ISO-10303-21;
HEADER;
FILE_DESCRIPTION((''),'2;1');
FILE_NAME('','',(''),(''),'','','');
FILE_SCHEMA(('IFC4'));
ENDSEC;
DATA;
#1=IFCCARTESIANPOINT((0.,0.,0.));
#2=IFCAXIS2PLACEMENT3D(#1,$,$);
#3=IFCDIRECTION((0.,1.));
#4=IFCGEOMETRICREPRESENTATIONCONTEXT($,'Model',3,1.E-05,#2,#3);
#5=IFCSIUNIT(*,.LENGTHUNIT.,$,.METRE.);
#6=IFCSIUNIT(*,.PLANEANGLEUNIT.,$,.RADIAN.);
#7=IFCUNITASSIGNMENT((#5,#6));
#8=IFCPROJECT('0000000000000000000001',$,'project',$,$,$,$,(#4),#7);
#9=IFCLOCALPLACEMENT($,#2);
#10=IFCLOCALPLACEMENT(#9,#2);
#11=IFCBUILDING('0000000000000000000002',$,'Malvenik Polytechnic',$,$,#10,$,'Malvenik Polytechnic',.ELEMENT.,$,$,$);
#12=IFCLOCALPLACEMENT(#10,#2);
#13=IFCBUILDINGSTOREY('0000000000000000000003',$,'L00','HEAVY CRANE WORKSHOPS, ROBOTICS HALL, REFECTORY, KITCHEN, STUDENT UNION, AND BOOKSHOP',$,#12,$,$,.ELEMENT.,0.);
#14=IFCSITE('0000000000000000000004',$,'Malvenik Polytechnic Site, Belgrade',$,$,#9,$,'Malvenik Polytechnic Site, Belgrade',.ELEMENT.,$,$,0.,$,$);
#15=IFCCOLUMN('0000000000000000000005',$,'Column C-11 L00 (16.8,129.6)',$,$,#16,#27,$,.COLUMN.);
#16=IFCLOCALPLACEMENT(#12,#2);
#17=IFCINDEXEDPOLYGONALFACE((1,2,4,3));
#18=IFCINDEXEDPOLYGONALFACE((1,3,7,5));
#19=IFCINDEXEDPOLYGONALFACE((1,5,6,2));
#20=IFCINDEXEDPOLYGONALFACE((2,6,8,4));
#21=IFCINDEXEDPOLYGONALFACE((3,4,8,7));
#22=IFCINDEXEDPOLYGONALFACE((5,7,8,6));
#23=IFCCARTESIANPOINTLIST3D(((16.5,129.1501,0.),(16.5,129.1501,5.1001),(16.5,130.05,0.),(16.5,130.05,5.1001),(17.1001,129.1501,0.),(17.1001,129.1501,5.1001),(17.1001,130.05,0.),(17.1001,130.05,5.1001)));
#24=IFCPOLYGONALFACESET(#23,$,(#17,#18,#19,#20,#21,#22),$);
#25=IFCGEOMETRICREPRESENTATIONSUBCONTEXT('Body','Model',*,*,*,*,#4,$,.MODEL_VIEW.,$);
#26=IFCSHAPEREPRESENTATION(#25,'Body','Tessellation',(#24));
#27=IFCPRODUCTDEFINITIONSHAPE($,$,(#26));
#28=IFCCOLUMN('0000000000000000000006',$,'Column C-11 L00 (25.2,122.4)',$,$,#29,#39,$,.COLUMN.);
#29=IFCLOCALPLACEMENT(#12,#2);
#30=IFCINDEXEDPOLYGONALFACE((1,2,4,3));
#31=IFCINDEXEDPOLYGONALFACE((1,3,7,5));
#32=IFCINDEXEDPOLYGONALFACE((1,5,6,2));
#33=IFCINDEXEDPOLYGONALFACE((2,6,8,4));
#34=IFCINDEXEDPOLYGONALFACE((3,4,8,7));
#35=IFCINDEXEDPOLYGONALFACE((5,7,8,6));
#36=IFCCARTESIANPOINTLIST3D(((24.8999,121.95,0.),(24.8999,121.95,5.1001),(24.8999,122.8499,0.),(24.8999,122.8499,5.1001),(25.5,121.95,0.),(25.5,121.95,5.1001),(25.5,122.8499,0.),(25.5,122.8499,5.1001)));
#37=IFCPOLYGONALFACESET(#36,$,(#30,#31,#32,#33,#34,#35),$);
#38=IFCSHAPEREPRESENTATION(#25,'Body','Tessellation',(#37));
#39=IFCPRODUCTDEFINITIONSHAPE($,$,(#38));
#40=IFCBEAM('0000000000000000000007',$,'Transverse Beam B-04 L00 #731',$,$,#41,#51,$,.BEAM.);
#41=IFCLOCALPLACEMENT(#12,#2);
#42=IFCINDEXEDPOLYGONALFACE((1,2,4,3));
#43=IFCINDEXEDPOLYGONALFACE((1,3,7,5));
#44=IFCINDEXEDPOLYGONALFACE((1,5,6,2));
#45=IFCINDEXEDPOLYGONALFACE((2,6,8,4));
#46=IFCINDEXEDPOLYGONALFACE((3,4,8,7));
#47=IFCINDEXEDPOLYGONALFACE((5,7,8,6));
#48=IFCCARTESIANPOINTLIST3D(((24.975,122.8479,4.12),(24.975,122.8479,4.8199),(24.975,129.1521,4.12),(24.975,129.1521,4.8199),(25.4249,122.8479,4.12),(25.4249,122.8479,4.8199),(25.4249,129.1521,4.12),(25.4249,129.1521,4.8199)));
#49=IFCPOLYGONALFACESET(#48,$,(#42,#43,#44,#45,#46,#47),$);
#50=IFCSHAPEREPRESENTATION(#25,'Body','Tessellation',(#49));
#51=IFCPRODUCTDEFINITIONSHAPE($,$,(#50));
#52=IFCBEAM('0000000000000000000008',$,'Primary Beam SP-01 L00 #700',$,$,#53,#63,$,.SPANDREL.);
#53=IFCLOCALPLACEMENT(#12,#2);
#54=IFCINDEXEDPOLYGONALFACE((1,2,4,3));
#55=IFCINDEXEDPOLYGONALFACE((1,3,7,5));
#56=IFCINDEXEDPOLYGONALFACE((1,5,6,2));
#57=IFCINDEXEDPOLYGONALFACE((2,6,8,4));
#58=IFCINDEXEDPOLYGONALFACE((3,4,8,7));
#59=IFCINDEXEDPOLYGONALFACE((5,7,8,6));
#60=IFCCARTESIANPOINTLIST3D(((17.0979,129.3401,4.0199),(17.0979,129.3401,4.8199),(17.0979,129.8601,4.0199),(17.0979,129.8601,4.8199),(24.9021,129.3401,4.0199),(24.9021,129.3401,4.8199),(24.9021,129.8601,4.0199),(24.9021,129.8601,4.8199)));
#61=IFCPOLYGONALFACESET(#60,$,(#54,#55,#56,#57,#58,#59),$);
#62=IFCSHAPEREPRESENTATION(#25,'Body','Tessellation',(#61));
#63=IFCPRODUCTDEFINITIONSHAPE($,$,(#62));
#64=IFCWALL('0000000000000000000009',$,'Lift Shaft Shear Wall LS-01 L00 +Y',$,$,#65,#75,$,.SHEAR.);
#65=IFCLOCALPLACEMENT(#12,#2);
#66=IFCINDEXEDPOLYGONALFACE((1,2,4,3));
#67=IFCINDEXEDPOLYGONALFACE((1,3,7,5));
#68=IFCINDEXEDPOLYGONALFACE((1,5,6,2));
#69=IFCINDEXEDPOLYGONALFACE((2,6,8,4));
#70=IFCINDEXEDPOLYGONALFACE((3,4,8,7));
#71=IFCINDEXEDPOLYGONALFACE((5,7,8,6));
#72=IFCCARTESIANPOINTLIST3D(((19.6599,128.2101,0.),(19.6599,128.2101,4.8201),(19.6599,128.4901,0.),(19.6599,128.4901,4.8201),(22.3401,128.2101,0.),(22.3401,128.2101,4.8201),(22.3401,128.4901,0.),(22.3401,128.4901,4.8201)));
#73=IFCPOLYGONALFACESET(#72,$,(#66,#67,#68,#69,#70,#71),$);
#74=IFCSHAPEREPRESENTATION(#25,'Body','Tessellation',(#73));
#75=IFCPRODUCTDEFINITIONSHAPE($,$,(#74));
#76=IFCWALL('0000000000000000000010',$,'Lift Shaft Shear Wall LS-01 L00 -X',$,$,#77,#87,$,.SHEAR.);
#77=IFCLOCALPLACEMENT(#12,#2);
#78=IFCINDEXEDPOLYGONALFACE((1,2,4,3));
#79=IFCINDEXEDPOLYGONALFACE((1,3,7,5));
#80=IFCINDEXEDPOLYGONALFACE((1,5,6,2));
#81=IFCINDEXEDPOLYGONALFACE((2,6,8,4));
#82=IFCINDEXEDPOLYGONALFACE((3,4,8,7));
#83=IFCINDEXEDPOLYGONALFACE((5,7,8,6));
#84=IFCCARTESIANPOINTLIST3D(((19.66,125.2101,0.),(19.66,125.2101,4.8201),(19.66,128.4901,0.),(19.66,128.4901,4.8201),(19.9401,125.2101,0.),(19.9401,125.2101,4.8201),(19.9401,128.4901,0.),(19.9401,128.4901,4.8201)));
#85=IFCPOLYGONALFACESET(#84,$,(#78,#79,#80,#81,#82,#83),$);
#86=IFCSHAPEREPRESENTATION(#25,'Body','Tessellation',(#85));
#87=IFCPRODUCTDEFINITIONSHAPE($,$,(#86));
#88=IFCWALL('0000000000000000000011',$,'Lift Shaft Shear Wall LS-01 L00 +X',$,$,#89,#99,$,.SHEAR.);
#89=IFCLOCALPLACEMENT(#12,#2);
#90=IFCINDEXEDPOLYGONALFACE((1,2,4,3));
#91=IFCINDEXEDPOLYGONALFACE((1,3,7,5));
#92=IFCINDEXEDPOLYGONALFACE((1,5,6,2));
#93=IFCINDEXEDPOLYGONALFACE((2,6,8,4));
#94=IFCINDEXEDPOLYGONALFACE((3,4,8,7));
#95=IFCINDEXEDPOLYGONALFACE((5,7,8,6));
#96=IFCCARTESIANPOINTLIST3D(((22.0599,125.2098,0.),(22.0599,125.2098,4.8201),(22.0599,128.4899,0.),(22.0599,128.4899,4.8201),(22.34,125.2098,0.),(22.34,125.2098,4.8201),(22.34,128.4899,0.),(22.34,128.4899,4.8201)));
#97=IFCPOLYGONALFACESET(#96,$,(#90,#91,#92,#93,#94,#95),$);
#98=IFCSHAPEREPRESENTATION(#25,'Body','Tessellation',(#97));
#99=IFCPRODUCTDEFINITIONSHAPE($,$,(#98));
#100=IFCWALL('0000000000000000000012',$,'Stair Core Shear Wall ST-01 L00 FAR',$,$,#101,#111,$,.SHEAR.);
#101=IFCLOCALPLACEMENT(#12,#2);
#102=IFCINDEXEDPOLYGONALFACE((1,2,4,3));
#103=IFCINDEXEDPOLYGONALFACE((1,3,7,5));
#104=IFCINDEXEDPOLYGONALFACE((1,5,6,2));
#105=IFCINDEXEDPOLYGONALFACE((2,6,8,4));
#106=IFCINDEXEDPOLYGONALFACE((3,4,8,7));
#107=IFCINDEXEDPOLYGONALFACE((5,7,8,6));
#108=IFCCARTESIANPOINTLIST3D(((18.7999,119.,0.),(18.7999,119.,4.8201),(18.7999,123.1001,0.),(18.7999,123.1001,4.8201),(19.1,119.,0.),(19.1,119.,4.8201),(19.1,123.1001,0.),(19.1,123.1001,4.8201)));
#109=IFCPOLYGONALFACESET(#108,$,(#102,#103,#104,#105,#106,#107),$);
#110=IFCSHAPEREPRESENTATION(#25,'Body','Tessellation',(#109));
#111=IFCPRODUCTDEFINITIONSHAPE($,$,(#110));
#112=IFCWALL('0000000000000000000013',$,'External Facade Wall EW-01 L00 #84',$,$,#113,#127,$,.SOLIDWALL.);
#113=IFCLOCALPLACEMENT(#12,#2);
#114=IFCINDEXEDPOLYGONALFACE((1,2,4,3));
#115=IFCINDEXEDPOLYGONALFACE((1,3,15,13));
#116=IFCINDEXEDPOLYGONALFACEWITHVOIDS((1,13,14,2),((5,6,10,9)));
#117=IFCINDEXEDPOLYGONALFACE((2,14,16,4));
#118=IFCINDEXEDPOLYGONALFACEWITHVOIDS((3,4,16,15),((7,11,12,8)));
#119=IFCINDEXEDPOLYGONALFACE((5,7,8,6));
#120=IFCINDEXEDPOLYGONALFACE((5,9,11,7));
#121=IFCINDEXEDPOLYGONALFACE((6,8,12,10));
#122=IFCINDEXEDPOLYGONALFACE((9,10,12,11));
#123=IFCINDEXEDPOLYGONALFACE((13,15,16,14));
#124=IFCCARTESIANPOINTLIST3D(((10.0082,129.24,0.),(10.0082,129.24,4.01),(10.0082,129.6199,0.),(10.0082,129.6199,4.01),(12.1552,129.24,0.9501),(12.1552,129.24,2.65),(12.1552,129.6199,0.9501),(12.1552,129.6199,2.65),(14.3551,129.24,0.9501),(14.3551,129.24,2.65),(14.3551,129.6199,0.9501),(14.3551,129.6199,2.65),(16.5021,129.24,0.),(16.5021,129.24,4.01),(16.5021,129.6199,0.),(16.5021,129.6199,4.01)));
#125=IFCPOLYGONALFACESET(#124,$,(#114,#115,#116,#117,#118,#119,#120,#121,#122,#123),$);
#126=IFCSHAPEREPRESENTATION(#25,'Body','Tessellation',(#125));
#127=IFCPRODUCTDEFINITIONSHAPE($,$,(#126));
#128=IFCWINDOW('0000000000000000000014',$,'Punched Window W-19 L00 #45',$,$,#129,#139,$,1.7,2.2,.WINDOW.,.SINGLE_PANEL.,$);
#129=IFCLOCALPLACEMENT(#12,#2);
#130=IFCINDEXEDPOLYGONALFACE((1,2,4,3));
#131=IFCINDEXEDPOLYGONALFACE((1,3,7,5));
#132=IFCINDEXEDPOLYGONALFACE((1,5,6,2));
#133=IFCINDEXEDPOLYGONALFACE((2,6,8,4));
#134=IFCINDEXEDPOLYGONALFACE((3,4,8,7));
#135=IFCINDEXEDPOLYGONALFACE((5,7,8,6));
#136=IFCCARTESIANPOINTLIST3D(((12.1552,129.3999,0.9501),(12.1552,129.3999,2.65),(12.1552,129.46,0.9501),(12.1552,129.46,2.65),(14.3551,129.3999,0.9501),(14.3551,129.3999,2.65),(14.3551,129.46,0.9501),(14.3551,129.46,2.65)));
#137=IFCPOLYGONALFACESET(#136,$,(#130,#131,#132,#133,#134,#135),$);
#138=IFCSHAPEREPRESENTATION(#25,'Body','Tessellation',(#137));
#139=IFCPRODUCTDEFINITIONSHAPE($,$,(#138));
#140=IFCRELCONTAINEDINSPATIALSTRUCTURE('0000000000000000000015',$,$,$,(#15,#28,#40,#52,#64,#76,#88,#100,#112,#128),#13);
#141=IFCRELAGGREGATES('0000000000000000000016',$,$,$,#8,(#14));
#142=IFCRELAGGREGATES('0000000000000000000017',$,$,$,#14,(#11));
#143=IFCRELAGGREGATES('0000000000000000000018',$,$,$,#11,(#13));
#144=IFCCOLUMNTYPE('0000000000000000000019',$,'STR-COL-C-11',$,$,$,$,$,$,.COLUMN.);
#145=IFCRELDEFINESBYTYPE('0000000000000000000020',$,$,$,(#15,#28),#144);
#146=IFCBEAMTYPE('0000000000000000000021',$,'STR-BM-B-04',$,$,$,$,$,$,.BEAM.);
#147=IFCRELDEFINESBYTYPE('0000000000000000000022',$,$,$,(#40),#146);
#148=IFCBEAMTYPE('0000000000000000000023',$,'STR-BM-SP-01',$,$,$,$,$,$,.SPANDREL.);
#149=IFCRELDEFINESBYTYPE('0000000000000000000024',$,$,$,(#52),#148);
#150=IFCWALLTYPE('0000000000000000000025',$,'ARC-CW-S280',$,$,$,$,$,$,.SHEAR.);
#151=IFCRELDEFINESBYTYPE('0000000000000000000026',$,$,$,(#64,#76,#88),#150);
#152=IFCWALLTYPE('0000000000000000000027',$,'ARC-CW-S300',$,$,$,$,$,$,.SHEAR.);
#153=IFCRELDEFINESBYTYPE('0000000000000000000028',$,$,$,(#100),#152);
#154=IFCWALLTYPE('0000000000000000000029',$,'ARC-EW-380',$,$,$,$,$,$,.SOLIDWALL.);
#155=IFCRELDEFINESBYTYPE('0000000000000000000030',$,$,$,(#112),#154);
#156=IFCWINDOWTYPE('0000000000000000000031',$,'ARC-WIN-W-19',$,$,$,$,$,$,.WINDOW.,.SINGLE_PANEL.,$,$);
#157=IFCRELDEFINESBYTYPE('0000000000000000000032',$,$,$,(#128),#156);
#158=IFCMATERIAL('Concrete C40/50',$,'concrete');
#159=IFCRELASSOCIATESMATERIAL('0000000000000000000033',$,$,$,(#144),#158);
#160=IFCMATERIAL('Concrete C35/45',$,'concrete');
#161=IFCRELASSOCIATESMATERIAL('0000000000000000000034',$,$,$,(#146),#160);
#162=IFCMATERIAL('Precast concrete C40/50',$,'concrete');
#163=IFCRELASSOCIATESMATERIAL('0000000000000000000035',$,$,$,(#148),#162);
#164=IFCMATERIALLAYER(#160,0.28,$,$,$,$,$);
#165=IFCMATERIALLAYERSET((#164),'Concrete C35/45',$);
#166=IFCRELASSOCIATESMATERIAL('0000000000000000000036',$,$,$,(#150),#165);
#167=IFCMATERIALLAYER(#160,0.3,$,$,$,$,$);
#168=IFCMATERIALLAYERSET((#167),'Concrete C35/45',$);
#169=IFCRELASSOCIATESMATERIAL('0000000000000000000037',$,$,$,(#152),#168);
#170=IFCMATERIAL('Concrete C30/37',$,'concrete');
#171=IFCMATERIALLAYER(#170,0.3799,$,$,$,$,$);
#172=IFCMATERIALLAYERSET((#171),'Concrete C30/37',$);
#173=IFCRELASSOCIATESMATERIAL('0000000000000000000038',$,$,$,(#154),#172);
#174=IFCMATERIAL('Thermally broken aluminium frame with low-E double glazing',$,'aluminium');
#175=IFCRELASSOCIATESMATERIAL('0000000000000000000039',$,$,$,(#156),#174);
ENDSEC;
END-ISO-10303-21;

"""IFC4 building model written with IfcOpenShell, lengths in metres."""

from ifc_helpers import new_model, si_unit, direction, frame, frame_2d, origin, origin_2d, place, context, subcontext, project, spatial, rectangle, extrude, material, layer, layer_set, material_profile, profile_set, type_object, element, fill, save


model = new_model("IFC4")

# Units and contexts
model_context = context("Model", 3, precision=1e-05, world=origin(), true_north=direction((0.0, 1.0)))
body_context = subcontext(model_context, "Body", "Model", "MODEL_VIEW")
ifc_project = project(units=[si_unit("LENGTHUNIT", "METRE"), si_unit("PLANEANGLEUNIT", "RADIAN")], contexts=[model_context])

# Site, building, storey
site_placement = place(None, origin())
site = spatial("IfcSite", under=ifc_project, at=site_placement, Name="Malvenik Polytechnic Site, Belgrade", LongName="Malvenik Polytechnic Site, Belgrade", CompositionType="ELEMENT", RefElevation=0.0)
building_placement = place(site_placement, origin())
building = spatial("IfcBuilding", under=site, at=building_placement, Name="Malvenik Polytechnic", LongName="Malvenik Polytechnic", CompositionType="ELEMENT")
storey_placement = place(building_placement, origin())
storey = spatial("IfcBuildingStorey", under=building, at=storey_placement, Name="L00", Description="HEAVY CRANE WORKSHOPS, ROBOTICS HALL, REFECTORY, KITCHEN, STUDENT UNION, AND BOOKSHOP", CompositionType="ELEMENT", Elevation=0.0)

# Columns
ifc_material_1 = material(Name="Concrete C40/50", Category="concrete")
ifc_material_profile_1 = material_profile(ifc_material_1, rectangle(XDim=0.6001, YDim=0.8999, at=origin_2d()), Name="RC COL 900x600")
ifc_profile_set_1 = profile_set([ifc_material_profile_1], Name="Concrete C40/50")
column_type = type_object("IfcColumnType", Name="STR-COL-C-11", PredefinedType="COLUMN", material=ifc_profile_set_1)
for number, where, z_axis, x_axis, name in (
    (1, (16.8, 129.6001, 0.0), (0.0, 0.0, 1.0), (1.0, 0.0, 0.0), "Column C-11 L00 (16.8,129.6)"),
    (2, (25.2, 122.3999, 0.0), (0.0, 0.0, 1.0), (1.0, 0.0, 0.0), "Column C-11 L00 (25.2,122.4)"),
):
    element("IfcColumn", number, at=place(storey_placement, frame(where, z_axis=z_axis, x_axis=x_axis)), inside=storey, type_object=column_type, Name=name, PredefinedType="COLUMN", context=body_context, shape_type="SweptSolid", body=[
        extrude(rectangle(XDim=0.6001, YDim=0.8999, at=origin_2d()), origin(), (0.0, 0.0, 1.0), 5.1001),
    ])

# Beams
ifc_material_2 = material(Name="Concrete C35/45", Category="concrete")
ifc_material_profile_2 = material_profile(ifc_material_2, rectangle(XDim=0.45, YDim=0.7, at=origin_2d()), Name="RC BM 450x700")
ifc_profile_set_2 = profile_set([ifc_material_profile_2], Name="Concrete C35/45")
beam_type_1 = type_object("IfcBeamType", Name="STR-BM-B-04", PredefinedType="BEAM", material=ifc_profile_set_2)
beam_1_placement = place(storey_placement, frame((25.2, 122.8479, 4.47), z_axis=(0.0, 1.0, 0.0), x_axis=(-1.0, 0.0, 0.0)))
element("IfcBeam", 3, at=beam_1_placement, inside=storey, type_object=beam_type_1, Name="Transverse Beam B-04 L00 #731", PredefinedType="BEAM", context=body_context, shape_type="SweptSolid", body=[
    extrude(rectangle(XDim=0.45, YDim=0.7, at=origin_2d()), origin(), (0.0, 0.0, 1.0), 6.3042),
])
ifc_material_3 = material(Name="Precast concrete C40/50", Category="concrete")
ifc_material_profile_3 = material_profile(ifc_material_3, rectangle(XDim=0.52, YDim=0.8, at=origin_2d()), Name="PC SPN 520x800")
ifc_profile_set_3 = profile_set([ifc_material_profile_3], Name="Precast concrete C40/50")
beam_type_2 = type_object("IfcBeamType", Name="STR-BM-SP-01", PredefinedType="SPANDREL", material=ifc_profile_set_3)
beam_2_placement = place(storey_placement, frame((17.0979, 129.6001, 4.4199), z_axis=(1.0, 0.0, 0.0), x_axis=(0.0, 1.0, 0.0)))
element("IfcBeam", 4, at=beam_2_placement, inside=storey, type_object=beam_type_2, Name="Primary Beam SP-01 L00 #700", PredefinedType="SPANDREL", context=body_context, shape_type="SweptSolid", body=[
    extrude(rectangle(XDim=0.52, YDim=0.8, at=origin_2d()), origin(), (0.0, 0.0, 1.0), 7.8042),
])

# Shared definitions
ifc_layer_1 = layer(ifc_material_2, 0.28)
ifc_layer_set_1 = layer_set([ifc_layer_1], Name="Concrete C35/45")
wall_type_1 = type_object("IfcWallType", Name="ARC-CW-S280", PredefinedType="SHEAR", material=ifc_layer_set_1)

# Walls
wall_1_placement = place(storey_placement, frame((19.6599, 128.3501, 0.0), z_axis=(0.0, 0.0, 1.0), x_axis=(1.0, 0.0, 0.0)))
element("IfcWall", 5, at=wall_1_placement, inside=storey, type_object=wall_type_1, Name="Lift Shaft Shear Wall LS-01 L00 +Y", PredefinedType="SHEAR", context=body_context, shape_type="SweptSolid", body=[
    extrude(rectangle(XDim=2.6802, YDim=0.28, at=frame_2d((1.3401, 0.0))), origin(), (0.0, 0.0, 1.0), 4.8201),
])
for number, where, z_axis, x_axis, name in (
    (6, (19.8, 125.21, 0.0), (0.0, 0.0, 1.0), (0.0, 1.0, 0.0), "Lift Shaft Shear Wall LS-01 L00 -X"),
    (7, (22.2, 128.49, 0.0), (0.0, 0.0, 1.0), (0.0, -1.0, 0.0), "Lift Shaft Shear Wall LS-01 L00 +X"),
):
    element("IfcWall", number, at=place(storey_placement, frame(where, z_axis=z_axis, x_axis=x_axis)), inside=storey, type_object=wall_type_1, Name=name, PredefinedType="SHEAR", context=body_context, shape_type="SweptSolid", body=[
        extrude(rectangle(XDim=3.28, YDim=0.28, at=frame_2d((1.6401, 0.0))), origin(), (0.0, 0.0, 1.0), 4.8201),
    ])
ifc_layer_2 = layer(ifc_material_2, 0.3)
ifc_layer_set_2 = layer_set([ifc_layer_2], Name="Concrete C35/45")
wall_type_2 = type_object("IfcWallType", Name="ARC-CW-S300", PredefinedType="SHEAR", material=ifc_layer_set_2)
wall_2_placement = place(storey_placement, frame((18.95, 123.1001, 0.0), z_axis=(0.0, 0.0, 1.0), x_axis=(0.0, -1.0, 0.0)))
element("IfcWall", 8, at=wall_2_placement, inside=storey, type_object=wall_type_2, Name="Stair Core Shear Wall ST-01 L00 FAR", PredefinedType="SHEAR", context=body_context, shape_type="SweptSolid", body=[
    extrude(rectangle(XDim=4.1001, YDim=0.3, at=frame_2d((2.05, 0.0))), origin(), (0.0, 0.0, 1.0), 4.8201),
])

# Wall, opening, window
ifc_material_4 = material(Name="Concrete C30/37", Category="concrete")
ifc_layer_3 = layer(ifc_material_4, 0.3799)
ifc_layer_set_3 = layer_set([ifc_layer_3], Name="Concrete C30/37")
wall_type_3 = type_object("IfcWallType", Name="ARC-EW-380", PredefinedType="SOLIDWALL", material=ifc_layer_set_3)
wall_3_placement = place(storey_placement, frame((10.0081, 129.4299, 0.0), z_axis=(0.0, 0.0, 1.0), x_axis=(1.0, 0.0, 0.0)))
wall_3 = element("IfcWall", 9, at=wall_3_placement, inside=storey, type_object=wall_type_3, Name="External Facade Wall EW-01 L00 #84", PredefinedType="SOLIDWALL", context=body_context, shape_type="SweptSolid", body=[
    extrude(rectangle(XDim=6.4939, YDim=0.3799, at=frame_2d((3.2471, 0.0))), origin(), (0.0, 0.0, 1.0), 4.01),
])
opening_1_placement = place(wall_3_placement, frame((2.147, 0.0, 0.95)))
opening_1 = element("IfcOpeningElement", 10, at=opening_1_placement, cuts=wall_3, PredefinedType="OPENING", context=body_context, shape_type="SweptSolid", body=[
    extrude(rectangle(XDim=2.2, YDim=1.7, at=frame_2d((1.1001, 0.8501))), frame((0.0, 0.2, 0.0), z_axis=(0.0, -1.0, 0.0), x_axis=(1.0, 0.0, 0.0)), (0.0, 0.0, 1.0), 0.3999),
])
ifc_material_5 = material(Name="Thermally broken aluminium frame with low-E double glazing", Category="aluminium")
window_type_1 = type_object("IfcWindowType", Name="ARC-WIN-W-19", PartitioningType="SINGLE_PANEL", PredefinedType="WINDOW", material=ifc_material_5)
window_1_placement = place(opening_1_placement, origin())
window_1 = element("IfcWindow", 11, at=window_1_placement, inside=storey, type_object=window_type_1, Name="Punched Window W-19 L00 #45", OverallHeight=1.7, OverallWidth=2.2, PartitioningType="SINGLE_PANEL", PredefinedType="WINDOW", context=body_context, shape_type="SweptSolid", body=[
    extrude(rectangle(XDim=2.2, YDim=1.7, at=frame_2d((1.1001, 0.8501))), frame((0.0, 0.03, 0.0), z_axis=(0.0, -1.0, 0.0), x_axis=(1.0, 0.0, 0.0)), (0.0, 0.0, 1.0), 0.0601),
])
fill(opening_1, window_1)

save(model, "model.ifc")
